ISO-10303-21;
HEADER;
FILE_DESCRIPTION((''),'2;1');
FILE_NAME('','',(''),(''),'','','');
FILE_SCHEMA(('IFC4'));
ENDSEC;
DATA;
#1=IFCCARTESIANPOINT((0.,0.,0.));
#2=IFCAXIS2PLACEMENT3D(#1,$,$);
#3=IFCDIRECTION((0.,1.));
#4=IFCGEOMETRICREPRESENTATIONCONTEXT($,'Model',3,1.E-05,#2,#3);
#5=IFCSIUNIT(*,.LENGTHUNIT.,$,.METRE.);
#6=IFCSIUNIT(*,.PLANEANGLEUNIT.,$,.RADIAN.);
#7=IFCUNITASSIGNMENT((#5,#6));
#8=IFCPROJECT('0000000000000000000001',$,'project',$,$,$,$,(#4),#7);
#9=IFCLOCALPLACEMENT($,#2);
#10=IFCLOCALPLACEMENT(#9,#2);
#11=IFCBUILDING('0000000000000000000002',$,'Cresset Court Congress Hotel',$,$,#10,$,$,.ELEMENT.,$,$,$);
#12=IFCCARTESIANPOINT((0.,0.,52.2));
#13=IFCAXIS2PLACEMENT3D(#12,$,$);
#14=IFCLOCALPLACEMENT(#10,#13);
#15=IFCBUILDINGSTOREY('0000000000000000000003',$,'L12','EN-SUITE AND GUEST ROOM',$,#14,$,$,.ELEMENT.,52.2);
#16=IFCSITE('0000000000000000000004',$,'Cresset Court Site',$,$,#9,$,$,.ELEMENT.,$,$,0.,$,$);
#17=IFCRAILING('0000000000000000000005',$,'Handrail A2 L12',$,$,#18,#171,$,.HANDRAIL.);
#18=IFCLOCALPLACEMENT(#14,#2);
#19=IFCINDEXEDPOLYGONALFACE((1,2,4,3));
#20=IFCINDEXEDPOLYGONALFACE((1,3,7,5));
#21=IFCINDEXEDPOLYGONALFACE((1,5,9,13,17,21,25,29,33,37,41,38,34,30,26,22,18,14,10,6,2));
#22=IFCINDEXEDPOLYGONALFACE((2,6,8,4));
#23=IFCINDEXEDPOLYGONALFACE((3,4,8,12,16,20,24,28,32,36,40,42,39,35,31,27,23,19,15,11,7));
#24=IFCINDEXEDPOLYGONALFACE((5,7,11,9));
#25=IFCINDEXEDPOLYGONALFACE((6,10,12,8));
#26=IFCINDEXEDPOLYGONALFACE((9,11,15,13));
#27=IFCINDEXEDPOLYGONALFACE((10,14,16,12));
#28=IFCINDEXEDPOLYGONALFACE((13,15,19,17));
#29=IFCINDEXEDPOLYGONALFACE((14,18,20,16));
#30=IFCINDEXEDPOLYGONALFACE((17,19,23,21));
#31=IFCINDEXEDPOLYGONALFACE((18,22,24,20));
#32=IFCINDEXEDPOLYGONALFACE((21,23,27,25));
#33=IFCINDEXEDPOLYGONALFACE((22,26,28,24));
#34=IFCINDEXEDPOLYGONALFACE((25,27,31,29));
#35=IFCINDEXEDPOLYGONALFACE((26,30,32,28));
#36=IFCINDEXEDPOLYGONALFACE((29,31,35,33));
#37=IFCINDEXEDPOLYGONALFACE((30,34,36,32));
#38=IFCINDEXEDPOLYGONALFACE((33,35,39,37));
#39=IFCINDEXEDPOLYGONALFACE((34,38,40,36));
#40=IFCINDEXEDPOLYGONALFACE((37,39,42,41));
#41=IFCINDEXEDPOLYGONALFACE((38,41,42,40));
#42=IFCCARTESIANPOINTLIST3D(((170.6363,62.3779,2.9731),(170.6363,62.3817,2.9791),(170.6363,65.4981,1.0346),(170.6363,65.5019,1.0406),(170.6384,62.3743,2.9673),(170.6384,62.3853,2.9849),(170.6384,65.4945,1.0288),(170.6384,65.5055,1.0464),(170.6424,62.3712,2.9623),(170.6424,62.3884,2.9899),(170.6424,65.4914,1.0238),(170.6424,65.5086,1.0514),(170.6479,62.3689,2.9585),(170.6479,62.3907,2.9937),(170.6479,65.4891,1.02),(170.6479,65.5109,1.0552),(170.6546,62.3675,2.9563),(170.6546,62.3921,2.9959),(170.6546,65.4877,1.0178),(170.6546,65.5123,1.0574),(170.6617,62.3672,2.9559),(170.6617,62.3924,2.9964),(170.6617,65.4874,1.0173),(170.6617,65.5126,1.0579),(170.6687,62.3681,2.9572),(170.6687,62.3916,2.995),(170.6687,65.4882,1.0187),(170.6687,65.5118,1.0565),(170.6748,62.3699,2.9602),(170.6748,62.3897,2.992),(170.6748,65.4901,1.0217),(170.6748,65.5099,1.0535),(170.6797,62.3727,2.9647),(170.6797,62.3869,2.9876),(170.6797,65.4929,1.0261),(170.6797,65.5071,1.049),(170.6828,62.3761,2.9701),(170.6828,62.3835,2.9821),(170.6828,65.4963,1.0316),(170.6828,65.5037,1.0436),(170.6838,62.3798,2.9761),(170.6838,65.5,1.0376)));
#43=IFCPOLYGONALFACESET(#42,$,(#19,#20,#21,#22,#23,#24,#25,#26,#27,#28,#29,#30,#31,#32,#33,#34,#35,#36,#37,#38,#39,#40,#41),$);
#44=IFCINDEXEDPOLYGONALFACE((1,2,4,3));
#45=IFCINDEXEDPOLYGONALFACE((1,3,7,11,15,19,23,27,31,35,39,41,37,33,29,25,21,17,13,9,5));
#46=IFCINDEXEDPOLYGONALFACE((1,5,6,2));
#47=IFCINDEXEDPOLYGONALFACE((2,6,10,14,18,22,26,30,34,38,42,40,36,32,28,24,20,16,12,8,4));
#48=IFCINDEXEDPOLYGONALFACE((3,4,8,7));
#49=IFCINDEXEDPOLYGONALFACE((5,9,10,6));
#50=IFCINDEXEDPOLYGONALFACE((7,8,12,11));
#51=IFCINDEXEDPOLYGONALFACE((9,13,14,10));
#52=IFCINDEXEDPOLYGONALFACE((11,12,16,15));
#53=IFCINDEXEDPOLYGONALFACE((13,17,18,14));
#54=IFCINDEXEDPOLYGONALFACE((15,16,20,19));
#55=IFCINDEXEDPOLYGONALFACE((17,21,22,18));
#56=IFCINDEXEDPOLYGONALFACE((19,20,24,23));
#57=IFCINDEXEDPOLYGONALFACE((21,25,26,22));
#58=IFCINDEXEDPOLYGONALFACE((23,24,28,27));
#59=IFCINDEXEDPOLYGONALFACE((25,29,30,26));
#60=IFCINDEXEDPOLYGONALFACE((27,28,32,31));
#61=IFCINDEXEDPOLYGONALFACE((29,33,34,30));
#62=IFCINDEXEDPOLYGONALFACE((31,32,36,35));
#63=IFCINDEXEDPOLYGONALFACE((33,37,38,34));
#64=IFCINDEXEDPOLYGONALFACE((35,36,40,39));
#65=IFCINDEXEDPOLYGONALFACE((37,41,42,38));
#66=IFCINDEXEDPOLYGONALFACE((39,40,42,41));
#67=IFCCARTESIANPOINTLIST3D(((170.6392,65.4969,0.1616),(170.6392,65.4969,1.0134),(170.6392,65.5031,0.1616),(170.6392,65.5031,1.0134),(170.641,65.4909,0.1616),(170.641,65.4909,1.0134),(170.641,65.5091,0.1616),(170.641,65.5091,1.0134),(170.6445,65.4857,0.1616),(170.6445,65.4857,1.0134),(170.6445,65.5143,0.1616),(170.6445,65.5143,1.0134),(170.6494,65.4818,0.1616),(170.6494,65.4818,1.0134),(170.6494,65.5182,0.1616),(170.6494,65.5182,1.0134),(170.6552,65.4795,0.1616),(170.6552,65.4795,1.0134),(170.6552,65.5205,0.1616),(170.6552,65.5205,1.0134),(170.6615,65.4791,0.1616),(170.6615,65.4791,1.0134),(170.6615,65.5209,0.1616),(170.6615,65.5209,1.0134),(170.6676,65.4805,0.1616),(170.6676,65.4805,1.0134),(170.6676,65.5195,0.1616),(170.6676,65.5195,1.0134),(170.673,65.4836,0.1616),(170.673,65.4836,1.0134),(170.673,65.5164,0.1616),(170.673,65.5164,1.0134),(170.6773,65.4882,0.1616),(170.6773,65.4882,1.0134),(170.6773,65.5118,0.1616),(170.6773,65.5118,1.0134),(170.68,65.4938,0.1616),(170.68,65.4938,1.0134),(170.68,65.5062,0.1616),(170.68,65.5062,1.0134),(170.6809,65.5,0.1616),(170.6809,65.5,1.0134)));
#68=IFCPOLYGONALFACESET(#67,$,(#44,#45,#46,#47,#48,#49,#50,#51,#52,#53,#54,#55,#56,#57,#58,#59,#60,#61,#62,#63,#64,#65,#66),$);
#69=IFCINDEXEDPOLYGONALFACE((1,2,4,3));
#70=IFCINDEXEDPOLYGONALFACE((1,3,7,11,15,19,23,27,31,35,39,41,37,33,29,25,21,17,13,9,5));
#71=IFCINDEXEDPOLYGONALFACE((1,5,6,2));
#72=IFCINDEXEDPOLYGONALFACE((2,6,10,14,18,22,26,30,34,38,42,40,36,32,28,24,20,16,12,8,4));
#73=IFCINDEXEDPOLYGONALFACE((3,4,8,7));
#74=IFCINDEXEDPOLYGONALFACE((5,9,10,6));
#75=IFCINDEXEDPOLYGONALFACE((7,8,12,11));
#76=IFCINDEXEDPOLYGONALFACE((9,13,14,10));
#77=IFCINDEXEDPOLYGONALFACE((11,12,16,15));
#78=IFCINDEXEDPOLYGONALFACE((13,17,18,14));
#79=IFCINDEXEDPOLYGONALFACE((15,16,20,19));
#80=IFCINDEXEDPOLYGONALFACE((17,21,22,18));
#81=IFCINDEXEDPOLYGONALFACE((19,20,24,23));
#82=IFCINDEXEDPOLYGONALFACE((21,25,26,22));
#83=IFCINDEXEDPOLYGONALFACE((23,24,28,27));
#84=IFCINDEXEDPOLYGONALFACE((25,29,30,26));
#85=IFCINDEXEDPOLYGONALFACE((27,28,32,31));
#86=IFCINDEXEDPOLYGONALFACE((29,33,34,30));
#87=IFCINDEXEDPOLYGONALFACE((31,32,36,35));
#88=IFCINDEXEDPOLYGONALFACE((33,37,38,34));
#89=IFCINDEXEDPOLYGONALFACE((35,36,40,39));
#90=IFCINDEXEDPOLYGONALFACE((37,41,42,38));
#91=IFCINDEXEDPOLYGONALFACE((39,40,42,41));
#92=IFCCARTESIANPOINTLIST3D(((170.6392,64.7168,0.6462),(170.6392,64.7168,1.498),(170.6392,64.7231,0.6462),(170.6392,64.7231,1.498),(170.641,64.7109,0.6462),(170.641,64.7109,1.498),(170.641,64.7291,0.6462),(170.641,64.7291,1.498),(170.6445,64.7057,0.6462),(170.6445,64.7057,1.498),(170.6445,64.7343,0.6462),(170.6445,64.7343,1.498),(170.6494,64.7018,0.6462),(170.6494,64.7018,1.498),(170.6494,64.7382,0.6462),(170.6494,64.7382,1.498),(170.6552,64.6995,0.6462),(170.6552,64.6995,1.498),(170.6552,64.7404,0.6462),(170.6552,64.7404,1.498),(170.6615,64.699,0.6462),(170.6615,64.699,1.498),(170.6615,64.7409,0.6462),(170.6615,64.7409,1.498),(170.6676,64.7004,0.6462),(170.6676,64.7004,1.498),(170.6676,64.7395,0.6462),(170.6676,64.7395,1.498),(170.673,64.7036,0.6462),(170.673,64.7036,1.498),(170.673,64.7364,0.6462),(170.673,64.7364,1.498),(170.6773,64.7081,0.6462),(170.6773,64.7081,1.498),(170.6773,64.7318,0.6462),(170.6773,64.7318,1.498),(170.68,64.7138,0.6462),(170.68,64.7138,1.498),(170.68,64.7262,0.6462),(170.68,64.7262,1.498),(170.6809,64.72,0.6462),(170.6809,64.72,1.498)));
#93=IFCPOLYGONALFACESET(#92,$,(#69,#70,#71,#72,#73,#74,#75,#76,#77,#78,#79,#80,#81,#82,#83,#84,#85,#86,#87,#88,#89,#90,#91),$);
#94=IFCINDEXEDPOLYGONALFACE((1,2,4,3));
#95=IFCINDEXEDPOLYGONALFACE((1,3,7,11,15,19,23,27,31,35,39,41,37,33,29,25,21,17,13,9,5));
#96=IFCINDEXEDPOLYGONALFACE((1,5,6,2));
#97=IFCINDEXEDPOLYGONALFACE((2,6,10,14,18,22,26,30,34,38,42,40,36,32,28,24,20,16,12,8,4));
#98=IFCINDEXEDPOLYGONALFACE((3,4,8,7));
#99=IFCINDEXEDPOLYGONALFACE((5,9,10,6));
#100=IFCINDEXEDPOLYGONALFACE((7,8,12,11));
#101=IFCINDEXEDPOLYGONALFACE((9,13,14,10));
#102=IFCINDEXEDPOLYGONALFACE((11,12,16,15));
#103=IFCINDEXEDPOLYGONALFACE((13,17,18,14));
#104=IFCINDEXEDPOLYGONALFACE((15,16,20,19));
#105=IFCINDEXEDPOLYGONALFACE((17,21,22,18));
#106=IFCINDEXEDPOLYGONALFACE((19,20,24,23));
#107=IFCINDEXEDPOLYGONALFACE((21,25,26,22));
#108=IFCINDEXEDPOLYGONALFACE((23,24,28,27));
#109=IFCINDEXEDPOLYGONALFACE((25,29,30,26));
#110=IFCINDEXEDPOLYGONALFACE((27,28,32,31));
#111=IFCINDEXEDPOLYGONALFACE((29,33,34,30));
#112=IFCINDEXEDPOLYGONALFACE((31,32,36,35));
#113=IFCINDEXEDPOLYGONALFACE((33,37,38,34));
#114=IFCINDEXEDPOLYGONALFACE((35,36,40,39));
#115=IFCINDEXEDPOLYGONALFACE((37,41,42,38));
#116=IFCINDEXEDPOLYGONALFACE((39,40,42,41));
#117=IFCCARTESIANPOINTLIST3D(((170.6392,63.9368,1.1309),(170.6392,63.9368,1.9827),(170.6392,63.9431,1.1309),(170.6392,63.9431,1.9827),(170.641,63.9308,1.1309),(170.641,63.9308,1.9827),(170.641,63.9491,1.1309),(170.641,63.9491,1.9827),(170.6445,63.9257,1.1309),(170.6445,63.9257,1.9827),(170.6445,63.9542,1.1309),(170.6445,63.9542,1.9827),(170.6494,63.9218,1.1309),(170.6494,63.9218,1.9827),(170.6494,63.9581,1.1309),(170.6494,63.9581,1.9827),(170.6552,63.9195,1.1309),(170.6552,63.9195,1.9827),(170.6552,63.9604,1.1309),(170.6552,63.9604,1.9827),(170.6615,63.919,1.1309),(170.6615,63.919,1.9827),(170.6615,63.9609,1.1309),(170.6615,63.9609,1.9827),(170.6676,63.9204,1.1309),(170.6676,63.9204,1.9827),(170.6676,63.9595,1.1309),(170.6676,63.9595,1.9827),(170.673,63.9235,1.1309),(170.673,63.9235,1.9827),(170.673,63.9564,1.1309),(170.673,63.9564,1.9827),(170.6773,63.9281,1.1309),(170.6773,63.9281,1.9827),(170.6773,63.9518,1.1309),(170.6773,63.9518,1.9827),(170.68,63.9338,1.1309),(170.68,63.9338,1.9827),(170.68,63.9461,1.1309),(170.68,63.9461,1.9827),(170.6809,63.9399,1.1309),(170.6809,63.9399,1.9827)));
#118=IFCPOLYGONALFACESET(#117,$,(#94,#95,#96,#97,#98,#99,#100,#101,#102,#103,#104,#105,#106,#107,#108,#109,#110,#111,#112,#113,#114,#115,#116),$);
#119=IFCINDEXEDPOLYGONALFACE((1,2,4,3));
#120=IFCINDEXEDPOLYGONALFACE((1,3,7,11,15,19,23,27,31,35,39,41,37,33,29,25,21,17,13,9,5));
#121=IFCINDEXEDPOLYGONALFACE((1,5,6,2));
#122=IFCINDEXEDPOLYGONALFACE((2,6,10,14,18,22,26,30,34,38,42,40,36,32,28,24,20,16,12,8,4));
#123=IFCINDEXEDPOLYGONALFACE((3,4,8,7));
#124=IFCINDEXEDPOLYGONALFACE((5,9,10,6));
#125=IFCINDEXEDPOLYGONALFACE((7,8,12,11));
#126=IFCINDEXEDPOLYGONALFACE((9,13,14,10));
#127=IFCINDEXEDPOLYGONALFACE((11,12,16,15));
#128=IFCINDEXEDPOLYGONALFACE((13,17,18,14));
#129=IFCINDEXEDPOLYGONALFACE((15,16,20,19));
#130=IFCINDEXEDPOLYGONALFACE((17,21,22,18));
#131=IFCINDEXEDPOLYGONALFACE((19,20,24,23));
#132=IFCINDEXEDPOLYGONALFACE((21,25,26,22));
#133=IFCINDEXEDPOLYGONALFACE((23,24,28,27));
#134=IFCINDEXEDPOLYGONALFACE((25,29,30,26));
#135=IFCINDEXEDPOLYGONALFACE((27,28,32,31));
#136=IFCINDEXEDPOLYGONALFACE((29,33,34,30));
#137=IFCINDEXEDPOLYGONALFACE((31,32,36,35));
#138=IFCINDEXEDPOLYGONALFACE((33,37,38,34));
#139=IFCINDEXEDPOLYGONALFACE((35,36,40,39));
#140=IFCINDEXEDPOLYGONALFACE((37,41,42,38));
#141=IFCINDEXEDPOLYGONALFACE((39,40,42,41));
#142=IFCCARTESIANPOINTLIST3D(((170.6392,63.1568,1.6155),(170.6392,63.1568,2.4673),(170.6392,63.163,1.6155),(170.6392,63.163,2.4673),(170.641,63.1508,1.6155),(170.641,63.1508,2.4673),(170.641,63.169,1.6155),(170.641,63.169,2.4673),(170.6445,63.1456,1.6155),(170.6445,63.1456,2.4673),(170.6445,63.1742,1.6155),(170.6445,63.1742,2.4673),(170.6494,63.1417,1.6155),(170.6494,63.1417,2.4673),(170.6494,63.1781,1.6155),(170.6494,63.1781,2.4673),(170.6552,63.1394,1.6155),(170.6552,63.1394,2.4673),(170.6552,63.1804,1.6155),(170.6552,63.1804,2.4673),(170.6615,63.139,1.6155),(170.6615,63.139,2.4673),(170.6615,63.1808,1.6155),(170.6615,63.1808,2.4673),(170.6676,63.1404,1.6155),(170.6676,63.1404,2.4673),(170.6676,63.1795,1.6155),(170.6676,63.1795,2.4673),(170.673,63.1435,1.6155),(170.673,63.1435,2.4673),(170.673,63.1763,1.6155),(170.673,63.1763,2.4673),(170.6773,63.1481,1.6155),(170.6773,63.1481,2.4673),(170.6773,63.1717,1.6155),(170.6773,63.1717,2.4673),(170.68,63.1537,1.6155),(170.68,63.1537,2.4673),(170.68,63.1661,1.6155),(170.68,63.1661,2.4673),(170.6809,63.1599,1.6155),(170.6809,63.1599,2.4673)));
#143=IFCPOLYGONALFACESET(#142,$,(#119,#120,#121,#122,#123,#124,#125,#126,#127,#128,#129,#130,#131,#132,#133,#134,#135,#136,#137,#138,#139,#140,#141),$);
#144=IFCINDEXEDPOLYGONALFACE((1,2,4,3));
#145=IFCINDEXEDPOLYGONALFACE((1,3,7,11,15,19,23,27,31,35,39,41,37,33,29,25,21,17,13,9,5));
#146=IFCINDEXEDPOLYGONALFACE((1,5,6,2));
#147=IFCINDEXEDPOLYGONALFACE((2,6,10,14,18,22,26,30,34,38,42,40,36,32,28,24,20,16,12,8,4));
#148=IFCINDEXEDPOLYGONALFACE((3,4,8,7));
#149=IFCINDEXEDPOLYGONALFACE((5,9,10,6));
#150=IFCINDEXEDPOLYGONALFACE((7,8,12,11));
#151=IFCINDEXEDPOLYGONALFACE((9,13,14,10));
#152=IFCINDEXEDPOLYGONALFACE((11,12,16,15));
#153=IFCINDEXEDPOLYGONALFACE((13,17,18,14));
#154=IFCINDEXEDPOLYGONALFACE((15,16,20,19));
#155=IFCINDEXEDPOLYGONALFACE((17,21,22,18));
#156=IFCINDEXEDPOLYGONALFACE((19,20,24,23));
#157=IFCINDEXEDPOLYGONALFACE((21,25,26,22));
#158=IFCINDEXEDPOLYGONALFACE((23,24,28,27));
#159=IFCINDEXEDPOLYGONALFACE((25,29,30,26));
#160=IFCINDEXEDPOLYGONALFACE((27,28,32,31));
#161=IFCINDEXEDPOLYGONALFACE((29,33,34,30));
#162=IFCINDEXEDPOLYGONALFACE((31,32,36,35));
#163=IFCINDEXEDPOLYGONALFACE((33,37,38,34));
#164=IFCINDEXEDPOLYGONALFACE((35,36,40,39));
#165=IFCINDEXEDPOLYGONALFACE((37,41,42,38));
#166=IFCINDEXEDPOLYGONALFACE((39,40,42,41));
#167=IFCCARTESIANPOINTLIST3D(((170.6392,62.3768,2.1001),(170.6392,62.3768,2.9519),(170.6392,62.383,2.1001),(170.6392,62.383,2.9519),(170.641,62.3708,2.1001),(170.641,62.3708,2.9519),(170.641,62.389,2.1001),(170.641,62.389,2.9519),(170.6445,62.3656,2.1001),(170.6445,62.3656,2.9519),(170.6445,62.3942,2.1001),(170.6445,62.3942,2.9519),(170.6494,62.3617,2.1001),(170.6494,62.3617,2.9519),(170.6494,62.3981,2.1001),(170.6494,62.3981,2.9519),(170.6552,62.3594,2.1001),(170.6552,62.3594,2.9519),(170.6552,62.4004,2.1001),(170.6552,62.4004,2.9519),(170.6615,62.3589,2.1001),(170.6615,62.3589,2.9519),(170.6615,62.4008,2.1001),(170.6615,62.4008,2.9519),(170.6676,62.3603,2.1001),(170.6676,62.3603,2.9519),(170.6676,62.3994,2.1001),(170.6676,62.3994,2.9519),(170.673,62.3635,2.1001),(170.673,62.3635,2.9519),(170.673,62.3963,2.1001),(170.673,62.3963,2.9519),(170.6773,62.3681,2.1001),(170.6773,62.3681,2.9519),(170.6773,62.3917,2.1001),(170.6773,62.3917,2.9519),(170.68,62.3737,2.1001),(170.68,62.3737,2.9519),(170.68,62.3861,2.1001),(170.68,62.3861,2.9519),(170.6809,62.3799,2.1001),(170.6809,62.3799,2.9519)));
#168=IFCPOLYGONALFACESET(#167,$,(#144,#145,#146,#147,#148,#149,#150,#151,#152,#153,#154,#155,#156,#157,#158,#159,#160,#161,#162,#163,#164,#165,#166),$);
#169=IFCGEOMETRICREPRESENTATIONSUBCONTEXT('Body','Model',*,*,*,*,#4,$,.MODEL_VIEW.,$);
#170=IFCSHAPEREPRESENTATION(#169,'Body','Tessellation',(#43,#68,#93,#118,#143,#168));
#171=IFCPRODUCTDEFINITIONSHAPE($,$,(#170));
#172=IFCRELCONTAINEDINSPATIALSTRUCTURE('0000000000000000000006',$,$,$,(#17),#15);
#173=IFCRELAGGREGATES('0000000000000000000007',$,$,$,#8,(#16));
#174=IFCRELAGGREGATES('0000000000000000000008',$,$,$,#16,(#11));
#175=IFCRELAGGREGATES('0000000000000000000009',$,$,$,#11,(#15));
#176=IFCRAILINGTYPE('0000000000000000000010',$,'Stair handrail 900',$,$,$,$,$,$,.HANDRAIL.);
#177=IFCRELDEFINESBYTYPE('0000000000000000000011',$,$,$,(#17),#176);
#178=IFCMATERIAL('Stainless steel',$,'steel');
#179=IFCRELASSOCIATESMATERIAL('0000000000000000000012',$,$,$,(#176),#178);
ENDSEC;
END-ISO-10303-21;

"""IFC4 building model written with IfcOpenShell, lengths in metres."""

from ifc_helpers import new_model, si_unit, direction, frame, origin, origin_2d, place, context, subcontext, project, spatial, circle, extrude, material, type_object, element, save


model = new_model("IFC4")

# Units and contexts
model_context = context("Model", 3, precision=1e-05, world=origin(), true_north=direction((0.0, 1.0)))
body_context = subcontext(model_context, "Body", "Model", "MODEL_VIEW")
ifc_project = project(units=[si_unit("LENGTHUNIT", "METRE"), si_unit("PLANEANGLEUNIT", "RADIAN")], contexts=[model_context])

# Site, building, storey
site_placement = place(None, origin())
site = spatial("IfcSite", under=ifc_project, at=site_placement, Name="Cresset Court Site", CompositionType="ELEMENT", RefElevation=0.0)
building_placement = place(site_placement, origin())
building = spatial("IfcBuilding", under=site, at=building_placement, Name="Cresset Court Congress Hotel", CompositionType="ELEMENT")
storey_placement = place(building_placement, frame((0.0, 0.0, 52.2)))
storey = spatial("IfcBuildingStorey", under=building, at=storey_placement, Name="L12", Description="EN-SUITE AND GUEST ROOM", CompositionType="ELEMENT", Elevation=52.2)

# Railing
ifc_material_1 = material(Name="Stainless steel", Category="steel")
railing_type_1 = type_object("IfcRailingType", Name="Stair handrail 900", PredefinedType="HANDRAIL", material=ifc_material_1)
for number, where, name in (
    (1, (170.6599, 65.5, 0.1616), "Handrail A2 L12"),
):
    element("IfcRailing", number, at=place(storey_placement, frame(where)), inside=storey, type_object=railing_type_1, Name=name, PredefinedType="HANDRAIL", context=body_context, shape_type="SweptSolid", body=[
        extrude(circle(Radius=0.0239, at=origin_2d()), frame((0.0, 0.0, 0.876), z_axis=(0.0, -0.849414, 0.527727), x_axis=(1.0, 0.0, 0.0)), (0.0, 0.0, 1.0), 3.6733),
        extrude(circle(Radius=0.021, at=origin_2d()), origin(), (0.0, 0.0, 1.0), 0.8518),
        extrude(circle(Radius=0.021, at=origin_2d()), frame((0.0, -0.78, 0.4846)), (0.0, 0.0, 1.0), 0.8518),
        extrude(circle(Radius=0.021, at=origin_2d()), frame((0.0, -1.5601, 0.9692)), (0.0, 0.0, 1.0), 0.8518),
        extrude(circle(Radius=0.021, at=origin_2d()), frame((0.0, -2.3401, 1.4539)), (0.0, 0.0, 1.0), 0.8518),
        extrude(circle(Radius=0.021, at=origin_2d()), frame((0.0, -3.1201, 1.9385)), (0.0, 0.0, 1.0), 0.8518),
    ])

save(model, "model.ifc")
